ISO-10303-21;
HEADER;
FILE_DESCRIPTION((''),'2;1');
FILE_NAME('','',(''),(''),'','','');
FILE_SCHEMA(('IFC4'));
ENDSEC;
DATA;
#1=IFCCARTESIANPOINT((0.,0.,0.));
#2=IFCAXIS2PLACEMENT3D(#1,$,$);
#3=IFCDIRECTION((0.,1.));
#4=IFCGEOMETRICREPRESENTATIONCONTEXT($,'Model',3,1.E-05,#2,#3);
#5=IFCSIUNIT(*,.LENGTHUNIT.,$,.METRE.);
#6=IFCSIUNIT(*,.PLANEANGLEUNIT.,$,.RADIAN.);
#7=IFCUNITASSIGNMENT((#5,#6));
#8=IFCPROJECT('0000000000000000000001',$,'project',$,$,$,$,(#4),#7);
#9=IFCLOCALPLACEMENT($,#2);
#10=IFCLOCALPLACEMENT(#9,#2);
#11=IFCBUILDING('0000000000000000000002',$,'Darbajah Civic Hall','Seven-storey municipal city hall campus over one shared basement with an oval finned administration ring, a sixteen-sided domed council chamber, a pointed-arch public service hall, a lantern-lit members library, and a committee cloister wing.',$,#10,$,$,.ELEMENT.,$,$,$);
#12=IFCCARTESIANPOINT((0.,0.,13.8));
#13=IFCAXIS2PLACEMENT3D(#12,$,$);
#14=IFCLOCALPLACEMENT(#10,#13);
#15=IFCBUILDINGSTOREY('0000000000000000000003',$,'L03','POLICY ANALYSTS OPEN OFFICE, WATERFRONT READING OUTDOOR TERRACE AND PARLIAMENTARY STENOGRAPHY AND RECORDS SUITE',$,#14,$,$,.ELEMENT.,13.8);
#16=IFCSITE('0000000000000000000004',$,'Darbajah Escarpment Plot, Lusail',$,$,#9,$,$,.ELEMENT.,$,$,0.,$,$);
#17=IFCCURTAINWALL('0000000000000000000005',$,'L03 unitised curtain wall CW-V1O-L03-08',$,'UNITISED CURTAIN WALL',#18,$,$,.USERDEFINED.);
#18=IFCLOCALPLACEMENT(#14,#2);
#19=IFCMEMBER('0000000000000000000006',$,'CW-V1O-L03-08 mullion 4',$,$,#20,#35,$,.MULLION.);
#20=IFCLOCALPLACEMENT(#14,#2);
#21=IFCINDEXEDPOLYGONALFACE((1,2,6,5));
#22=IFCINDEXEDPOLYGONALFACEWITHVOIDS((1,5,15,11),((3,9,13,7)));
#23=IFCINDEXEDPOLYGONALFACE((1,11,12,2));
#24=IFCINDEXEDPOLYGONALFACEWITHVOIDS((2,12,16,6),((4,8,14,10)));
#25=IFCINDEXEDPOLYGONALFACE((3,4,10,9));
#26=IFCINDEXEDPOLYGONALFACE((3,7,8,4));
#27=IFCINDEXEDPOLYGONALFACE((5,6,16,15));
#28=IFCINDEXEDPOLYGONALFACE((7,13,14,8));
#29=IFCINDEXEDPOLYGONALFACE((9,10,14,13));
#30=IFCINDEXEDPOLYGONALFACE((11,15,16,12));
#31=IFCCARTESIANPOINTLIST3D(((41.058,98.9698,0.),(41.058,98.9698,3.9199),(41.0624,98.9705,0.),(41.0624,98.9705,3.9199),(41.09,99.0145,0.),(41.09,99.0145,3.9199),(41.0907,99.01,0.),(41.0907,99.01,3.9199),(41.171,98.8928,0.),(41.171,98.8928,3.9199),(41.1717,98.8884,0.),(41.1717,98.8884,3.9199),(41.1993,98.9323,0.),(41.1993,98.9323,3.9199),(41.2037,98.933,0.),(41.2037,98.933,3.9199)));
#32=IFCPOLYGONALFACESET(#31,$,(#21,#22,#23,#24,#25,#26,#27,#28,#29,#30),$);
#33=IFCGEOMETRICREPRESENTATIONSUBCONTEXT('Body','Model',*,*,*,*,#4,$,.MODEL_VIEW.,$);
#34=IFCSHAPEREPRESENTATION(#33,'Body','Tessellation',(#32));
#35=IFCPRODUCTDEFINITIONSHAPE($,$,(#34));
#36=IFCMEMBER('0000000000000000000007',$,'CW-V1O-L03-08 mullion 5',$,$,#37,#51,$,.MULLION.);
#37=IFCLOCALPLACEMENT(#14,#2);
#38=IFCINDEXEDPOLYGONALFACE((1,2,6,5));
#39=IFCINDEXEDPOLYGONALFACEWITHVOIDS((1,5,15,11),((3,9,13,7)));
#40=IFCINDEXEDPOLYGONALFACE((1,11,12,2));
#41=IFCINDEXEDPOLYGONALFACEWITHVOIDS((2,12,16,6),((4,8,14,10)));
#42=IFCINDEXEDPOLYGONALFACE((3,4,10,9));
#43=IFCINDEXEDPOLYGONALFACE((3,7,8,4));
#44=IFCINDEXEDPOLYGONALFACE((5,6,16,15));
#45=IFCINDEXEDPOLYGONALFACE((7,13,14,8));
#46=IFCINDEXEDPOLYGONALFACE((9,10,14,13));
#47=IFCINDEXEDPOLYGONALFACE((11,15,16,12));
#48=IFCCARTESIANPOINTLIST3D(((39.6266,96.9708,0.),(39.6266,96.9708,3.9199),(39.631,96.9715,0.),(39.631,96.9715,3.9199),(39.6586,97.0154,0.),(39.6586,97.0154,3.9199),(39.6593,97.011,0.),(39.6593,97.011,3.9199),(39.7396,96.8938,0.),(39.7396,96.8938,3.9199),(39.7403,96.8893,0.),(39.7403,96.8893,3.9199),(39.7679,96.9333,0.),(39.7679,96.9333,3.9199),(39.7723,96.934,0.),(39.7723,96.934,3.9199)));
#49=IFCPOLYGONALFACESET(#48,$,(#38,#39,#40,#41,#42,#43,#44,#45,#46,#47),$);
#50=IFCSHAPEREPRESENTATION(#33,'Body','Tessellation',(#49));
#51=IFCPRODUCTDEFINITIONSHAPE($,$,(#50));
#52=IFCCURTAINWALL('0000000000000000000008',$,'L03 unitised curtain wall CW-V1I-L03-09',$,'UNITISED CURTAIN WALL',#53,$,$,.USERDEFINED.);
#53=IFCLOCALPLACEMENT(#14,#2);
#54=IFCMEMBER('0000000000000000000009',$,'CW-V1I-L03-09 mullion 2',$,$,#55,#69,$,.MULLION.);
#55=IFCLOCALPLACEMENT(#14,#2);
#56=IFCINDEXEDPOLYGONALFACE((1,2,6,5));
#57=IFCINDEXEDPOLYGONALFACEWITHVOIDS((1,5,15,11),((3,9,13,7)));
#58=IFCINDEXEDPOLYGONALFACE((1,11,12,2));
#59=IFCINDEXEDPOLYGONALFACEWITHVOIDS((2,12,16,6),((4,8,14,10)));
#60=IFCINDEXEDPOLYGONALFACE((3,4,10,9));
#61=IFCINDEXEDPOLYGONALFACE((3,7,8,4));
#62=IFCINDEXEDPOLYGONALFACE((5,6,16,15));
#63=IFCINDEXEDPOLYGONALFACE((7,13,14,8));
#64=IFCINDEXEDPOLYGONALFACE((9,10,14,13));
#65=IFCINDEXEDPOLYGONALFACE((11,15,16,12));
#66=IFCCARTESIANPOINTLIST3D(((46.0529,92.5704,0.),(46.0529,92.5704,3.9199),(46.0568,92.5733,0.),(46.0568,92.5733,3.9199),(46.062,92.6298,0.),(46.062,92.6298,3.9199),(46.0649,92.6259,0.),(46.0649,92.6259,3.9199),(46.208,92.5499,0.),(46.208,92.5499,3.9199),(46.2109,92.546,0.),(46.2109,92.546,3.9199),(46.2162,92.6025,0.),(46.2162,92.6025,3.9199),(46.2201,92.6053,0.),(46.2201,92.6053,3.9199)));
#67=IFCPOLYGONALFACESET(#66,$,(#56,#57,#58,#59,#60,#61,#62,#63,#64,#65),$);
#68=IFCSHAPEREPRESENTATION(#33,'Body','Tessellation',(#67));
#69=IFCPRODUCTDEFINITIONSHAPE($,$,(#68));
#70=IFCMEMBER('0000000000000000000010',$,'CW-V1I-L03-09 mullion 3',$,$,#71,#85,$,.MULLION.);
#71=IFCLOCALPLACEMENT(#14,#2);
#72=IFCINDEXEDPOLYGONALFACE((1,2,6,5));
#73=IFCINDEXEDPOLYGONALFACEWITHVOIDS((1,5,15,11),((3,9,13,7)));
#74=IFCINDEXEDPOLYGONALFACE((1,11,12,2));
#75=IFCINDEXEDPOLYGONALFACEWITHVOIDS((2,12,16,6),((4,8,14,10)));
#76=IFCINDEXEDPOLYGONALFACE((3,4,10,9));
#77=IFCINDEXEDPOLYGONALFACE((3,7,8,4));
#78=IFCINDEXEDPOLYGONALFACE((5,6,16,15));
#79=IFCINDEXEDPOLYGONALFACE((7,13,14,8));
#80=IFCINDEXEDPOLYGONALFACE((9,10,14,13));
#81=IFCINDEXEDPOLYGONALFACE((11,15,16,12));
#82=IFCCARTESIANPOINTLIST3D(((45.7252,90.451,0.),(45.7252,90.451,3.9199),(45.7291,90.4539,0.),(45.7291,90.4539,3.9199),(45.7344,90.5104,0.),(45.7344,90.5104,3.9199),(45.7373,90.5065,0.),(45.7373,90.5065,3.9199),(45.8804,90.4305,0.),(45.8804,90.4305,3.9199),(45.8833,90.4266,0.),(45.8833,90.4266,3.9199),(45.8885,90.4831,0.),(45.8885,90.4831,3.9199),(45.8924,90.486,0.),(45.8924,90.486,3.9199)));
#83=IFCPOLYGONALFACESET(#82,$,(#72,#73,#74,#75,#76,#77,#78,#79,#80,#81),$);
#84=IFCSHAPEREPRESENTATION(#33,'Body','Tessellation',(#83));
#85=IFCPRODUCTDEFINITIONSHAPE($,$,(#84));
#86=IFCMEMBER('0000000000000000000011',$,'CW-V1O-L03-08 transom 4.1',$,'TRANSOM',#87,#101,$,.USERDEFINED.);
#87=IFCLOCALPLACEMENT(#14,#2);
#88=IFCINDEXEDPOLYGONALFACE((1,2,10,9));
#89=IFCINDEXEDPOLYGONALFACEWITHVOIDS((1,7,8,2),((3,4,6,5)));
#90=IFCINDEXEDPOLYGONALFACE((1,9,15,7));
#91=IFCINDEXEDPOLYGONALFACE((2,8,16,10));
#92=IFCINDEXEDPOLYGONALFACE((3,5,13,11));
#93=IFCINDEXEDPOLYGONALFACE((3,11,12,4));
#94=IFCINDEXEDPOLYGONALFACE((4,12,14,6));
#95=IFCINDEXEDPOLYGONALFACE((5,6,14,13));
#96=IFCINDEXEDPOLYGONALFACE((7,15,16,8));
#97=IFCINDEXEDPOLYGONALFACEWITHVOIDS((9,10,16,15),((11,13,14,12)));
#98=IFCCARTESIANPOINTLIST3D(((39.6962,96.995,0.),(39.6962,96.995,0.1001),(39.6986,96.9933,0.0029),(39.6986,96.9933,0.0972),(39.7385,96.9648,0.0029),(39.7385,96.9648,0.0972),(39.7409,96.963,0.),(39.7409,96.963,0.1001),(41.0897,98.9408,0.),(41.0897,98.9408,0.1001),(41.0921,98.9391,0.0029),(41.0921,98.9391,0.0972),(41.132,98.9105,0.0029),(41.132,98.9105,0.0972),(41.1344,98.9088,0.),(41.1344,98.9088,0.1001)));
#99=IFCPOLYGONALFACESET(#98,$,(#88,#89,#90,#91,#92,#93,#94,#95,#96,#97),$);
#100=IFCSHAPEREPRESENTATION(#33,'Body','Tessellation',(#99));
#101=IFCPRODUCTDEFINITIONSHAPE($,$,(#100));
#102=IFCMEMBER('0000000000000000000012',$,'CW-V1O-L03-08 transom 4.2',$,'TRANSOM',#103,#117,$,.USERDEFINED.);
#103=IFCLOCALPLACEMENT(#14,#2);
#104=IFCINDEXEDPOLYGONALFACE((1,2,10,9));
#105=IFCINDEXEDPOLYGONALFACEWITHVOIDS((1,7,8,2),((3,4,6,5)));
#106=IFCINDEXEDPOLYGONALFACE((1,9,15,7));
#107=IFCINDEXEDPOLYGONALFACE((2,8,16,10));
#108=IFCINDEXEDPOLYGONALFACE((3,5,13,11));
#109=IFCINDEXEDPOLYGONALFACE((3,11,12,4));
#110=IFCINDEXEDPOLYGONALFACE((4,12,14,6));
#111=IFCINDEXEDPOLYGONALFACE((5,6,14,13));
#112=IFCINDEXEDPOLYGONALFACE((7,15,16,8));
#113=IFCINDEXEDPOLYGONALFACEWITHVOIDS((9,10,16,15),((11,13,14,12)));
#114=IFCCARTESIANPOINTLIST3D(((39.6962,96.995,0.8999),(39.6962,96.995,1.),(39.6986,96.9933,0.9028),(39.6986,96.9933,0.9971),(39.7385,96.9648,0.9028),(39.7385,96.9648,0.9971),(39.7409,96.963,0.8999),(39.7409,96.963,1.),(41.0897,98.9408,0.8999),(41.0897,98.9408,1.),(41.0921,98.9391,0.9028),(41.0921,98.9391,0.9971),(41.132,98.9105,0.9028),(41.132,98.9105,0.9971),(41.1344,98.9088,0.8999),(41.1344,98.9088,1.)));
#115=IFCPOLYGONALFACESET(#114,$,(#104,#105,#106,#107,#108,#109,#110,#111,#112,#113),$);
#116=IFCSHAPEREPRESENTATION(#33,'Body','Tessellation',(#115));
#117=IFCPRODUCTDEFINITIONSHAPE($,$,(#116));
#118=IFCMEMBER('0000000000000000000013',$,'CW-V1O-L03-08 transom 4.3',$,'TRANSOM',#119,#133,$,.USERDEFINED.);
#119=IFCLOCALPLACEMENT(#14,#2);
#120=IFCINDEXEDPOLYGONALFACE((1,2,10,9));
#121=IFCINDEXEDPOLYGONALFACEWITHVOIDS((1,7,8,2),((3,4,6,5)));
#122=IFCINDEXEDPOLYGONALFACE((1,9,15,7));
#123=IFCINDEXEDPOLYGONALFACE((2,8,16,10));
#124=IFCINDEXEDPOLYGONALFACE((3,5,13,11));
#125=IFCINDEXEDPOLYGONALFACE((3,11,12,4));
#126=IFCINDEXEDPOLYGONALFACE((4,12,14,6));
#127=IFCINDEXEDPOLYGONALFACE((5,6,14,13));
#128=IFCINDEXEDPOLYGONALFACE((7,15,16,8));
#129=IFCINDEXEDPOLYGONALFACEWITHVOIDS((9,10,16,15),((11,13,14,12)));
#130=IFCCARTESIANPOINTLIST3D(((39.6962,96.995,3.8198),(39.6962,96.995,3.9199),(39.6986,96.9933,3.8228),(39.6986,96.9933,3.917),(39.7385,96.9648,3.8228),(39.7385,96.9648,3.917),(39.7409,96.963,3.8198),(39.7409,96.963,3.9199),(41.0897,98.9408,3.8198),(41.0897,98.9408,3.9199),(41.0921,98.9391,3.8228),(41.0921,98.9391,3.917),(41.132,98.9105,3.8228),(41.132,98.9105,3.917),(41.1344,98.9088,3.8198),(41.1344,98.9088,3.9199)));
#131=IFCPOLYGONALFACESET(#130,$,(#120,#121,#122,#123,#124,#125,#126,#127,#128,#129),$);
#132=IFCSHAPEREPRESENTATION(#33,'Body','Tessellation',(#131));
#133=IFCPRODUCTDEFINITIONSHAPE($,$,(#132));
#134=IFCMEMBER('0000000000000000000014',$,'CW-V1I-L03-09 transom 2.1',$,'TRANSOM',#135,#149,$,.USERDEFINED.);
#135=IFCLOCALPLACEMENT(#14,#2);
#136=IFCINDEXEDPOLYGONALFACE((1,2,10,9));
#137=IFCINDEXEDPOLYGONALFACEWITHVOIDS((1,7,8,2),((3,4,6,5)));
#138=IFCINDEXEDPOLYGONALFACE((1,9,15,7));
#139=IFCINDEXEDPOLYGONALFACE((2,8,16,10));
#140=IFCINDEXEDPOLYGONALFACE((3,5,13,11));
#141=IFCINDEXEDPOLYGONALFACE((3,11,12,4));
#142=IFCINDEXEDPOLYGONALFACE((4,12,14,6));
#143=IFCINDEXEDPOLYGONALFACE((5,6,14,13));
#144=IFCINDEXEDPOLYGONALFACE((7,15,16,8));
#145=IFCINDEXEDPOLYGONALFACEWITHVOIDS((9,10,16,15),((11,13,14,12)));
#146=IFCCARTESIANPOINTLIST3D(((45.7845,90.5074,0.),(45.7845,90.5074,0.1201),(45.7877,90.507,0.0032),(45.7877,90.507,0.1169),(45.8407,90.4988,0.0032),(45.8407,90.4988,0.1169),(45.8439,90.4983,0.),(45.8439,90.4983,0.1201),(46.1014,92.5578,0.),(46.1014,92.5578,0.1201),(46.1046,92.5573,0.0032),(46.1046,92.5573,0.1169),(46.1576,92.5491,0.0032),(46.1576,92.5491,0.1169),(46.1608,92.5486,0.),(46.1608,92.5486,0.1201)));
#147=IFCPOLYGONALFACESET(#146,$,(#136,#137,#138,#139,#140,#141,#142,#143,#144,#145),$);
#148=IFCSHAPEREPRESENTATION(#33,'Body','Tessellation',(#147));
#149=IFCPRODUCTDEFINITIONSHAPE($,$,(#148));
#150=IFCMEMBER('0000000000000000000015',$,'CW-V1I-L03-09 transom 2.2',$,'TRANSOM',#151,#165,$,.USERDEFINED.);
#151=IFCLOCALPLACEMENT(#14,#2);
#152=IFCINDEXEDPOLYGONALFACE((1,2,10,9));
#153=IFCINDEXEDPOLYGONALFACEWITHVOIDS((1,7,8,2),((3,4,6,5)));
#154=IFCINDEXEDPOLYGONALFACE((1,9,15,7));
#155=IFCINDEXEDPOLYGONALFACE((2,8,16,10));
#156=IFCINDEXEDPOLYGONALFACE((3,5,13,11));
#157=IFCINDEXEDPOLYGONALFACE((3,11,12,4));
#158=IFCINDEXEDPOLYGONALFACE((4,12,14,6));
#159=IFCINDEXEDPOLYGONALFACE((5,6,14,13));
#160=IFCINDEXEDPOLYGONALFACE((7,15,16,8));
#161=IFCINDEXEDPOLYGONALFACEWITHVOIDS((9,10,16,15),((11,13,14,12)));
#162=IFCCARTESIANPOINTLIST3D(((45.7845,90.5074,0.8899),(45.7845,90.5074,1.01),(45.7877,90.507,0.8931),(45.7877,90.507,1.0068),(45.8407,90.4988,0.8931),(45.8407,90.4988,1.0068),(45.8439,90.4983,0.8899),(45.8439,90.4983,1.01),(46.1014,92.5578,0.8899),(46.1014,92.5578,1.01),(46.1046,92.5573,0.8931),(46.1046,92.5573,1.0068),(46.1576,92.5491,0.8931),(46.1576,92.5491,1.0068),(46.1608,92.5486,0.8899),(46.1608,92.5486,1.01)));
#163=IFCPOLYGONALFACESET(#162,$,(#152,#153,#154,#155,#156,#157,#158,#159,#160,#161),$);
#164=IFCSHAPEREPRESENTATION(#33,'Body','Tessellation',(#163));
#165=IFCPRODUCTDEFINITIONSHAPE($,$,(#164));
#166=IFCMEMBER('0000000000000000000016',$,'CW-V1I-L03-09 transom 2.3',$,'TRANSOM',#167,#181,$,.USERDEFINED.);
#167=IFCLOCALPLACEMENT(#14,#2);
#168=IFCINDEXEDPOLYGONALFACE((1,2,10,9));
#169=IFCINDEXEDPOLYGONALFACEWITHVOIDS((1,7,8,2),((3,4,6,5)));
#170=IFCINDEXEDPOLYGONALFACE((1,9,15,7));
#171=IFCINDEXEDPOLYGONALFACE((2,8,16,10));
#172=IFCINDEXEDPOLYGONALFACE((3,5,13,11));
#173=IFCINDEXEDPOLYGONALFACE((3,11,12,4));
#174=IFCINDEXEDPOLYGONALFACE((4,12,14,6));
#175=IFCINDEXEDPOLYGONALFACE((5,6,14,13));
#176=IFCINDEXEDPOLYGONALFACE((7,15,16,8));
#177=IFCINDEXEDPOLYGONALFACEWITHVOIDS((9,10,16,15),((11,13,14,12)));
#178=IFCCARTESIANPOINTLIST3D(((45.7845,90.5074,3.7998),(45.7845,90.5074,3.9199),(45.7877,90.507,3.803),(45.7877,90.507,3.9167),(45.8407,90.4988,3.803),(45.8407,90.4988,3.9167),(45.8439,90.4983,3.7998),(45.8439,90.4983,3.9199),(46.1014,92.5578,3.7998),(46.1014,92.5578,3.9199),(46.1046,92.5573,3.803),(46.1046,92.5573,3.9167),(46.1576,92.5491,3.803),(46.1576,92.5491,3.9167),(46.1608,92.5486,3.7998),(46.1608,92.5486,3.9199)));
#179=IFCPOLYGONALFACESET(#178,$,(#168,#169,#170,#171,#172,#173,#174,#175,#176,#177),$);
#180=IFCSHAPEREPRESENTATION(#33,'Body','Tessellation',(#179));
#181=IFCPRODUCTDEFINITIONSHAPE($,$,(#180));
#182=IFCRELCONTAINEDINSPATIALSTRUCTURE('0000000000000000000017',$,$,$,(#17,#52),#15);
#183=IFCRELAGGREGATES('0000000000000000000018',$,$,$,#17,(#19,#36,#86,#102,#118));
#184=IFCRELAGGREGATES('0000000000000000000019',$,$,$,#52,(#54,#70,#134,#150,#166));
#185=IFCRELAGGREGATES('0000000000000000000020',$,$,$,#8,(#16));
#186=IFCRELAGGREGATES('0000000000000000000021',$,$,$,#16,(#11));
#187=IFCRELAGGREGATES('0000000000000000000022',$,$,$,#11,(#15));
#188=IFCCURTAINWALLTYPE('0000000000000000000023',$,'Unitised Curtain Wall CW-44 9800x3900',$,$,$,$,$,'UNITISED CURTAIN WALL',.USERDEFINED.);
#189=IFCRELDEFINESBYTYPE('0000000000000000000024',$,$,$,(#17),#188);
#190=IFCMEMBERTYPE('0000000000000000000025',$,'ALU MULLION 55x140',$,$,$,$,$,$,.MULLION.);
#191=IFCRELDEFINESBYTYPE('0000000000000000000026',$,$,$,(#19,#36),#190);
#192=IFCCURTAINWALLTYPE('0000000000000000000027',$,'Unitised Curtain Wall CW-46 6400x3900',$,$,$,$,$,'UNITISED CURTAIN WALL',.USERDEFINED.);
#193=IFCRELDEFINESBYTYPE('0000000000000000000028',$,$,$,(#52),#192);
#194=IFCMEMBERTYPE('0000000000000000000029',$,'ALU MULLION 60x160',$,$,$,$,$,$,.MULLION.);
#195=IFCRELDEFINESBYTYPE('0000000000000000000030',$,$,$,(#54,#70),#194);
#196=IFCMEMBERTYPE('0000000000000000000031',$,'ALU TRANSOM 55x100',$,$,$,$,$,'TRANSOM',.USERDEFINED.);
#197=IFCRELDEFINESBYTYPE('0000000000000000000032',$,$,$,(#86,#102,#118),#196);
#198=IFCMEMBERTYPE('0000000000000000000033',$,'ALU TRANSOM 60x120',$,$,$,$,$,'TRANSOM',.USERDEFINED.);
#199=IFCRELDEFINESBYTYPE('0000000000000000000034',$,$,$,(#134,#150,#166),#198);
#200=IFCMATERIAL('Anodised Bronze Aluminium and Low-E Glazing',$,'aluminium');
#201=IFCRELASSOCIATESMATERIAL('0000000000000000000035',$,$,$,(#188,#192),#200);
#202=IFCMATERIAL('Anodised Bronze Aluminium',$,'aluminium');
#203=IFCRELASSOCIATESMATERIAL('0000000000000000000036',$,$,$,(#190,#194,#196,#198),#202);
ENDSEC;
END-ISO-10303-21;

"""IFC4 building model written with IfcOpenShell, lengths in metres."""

from ifc_helpers import new_model, si_unit, direction, frame, origin, origin_2d, place, context, subcontext, project, spatial, hollow_rectangle, extrude, material, material_profile, profile_set, type_object, element, aggregate, save


model = new_model("IFC4")

# Units and contexts
model_context = context("Model", 3, precision=1e-05, world=origin(), true_north=direction((0.0, 1.0)))
body_context = subcontext(model_context, "Body", "Model", "MODEL_VIEW")
ifc_project = project(units=[si_unit("LENGTHUNIT", "METRE"), si_unit("PLANEANGLEUNIT", "RADIAN")], contexts=[model_context])

# Site, building, storey
site_placement = place(None, origin())
site = spatial("IfcSite", under=ifc_project, at=site_placement, Name="Darbajah Escarpment Plot, Lusail", CompositionType="ELEMENT", RefElevation=0.0)
building_placement = place(site_placement, origin())
building = spatial("IfcBuilding", under=site, at=building_placement, Name="Darbajah Civic Hall", Description="Seven-storey municipal city hall campus over one shared basement with an oval finned administration ring, a sixteen-sided domed council chamber, a pointed-arch public service hall, a lantern-lit members library, and a committee cloister wing.", CompositionType="ELEMENT")
storey_placement = place(building_placement, frame((0.0, 0.0, 13.8)))
storey = spatial("IfcBuildingStorey", under=building, at=storey_placement, Name="L03", Description="POLICY ANALYSTS OPEN OFFICE, WATERFRONT READING OUTDOOR TERRACE AND PARLIAMENTARY STENOGRAPHY AND RECORDS SUITE", CompositionType="ELEMENT", Elevation=13.8)

# Curtain walls, members
ifc_material_1 = material(Name="Anodised Bronze Aluminium and Low-E Glazing", Category="aluminium")
curtain_wall_type_1 = type_object("IfcCurtainWallType", Name="Unitised Curtain Wall CW-44 9800x3900", ElementType="UNITISED CURTAIN WALL", PredefinedType="USERDEFINED", material=ifc_material_1)
curtain_wall_1_placement = place(storey_placement, origin())
curtain_wall_1 = element("IfcCurtainWall", 1, at=curtain_wall_1_placement, inside=storey, type_object=curtain_wall_type_1, Name="L03 unitised curtain wall CW-V1O-L03-08", ObjectType="UNITISED CURTAIN WALL", PredefinedType="USERDEFINED")
ifc_material_2 = material(Name="Anodised Bronze Aluminium", Category="aluminium")
ifc_material_profile_1 = material_profile(ifc_material_2, hollow_rectangle(XDim=0.0549, YDim=0.1399, WallThickness=0.0032, at=origin_2d()), Name="ALU MULLION 55x140")
ifc_profile_set_1 = profile_set([ifc_material_profile_1], Name="Anodised Bronze Aluminium")
member_type_1 = type_object("IfcMemberType", Name="ALU MULLION 55x140", PredefinedType="MULLION", material=ifc_profile_set_1)
member_1_placement = place(storey_placement, frame((41.1309, 98.9514, 0.0), z_axis=(0.0, 0.0, 1.0), x_axis=(-0.582265, -0.812999, 0.0)))
member_1 = element("IfcMember", 2, at=member_1_placement, type_object=member_type_1, Name="CW-V1O-L03-08 mullion 4", PredefinedType="MULLION", context=body_context, shape_type="SweptSolid", body=[
    extrude(hollow_rectangle(XDim=0.0549, YDim=0.1399, WallThickness=0.0032, at=origin_2d()), origin(), (0.0, 0.0, 1.0), 3.9199),
])
member_2_placement = place(storey_placement, frame((39.6995, 96.9524, 0.0), z_axis=(0.0, 0.0, 1.0), x_axis=(-0.582265, -0.812999, 0.0)))
member_2 = element("IfcMember", 3, at=member_2_placement, type_object=member_type_1, Name="CW-V1O-L03-08 mullion 5", PredefinedType="MULLION", context=body_context, shape_type="SweptSolid", body=[
    extrude(hollow_rectangle(XDim=0.0549, YDim=0.1399, WallThickness=0.0032, at=origin_2d()), origin(), (0.0, 0.0, 1.0), 3.9199),
])
curtain_wall_type_2 = type_object("IfcCurtainWallType", Name="Unitised Curtain Wall CW-46 6400x3900", ElementType="UNITISED CURTAIN WALL", PredefinedType="USERDEFINED", material=ifc_material_1)
curtain_wall_2_placement = place(storey_placement, origin())
curtain_wall_2 = element("IfcCurtainWall", 4, at=curtain_wall_2_placement, inside=storey, type_object=curtain_wall_type_2, Name="L03 unitised curtain wall CW-V1I-L03-09", ObjectType="UNITISED CURTAIN WALL", PredefinedType="USERDEFINED")
ifc_material_profile_2 = material_profile(ifc_material_2, hollow_rectangle(XDim=0.0601, YDim=0.1599, WallThickness=0.0034, at=origin_2d()), Name="ALU MULLION 60x160")
ifc_profile_set_2 = profile_set([ifc_material_profile_2], Name="Anodised Bronze Aluminium")
member_type_2 = type_object("IfcMemberType", Name="ALU MULLION 60x160", PredefinedType="MULLION", material=ifc_profile_set_2)
member_3_placement = place(storey_placement, frame((46.1365, 92.5879, 0.0), z_axis=(0.0, 0.0, 1.0), x_axis=(-0.152813, -0.988255, 0.0)))
member_3 = element("IfcMember", 5, at=member_3_placement, type_object=member_type_2, Name="CW-V1I-L03-09 mullion 2", PredefinedType="MULLION", context=body_context, shape_type="SweptSolid", body=[
    extrude(hollow_rectangle(XDim=0.0601, YDim=0.1599, WallThickness=0.0034, at=origin_2d()), origin(), (0.0, 0.0, 1.0), 3.9199),
])
member_4_placement = place(storey_placement, frame((45.8088, 90.4685, 0.0), z_axis=(0.0, 0.0, 1.0), x_axis=(-0.152813, -0.988255, 0.0)))
member_4 = element("IfcMember", 6, at=member_4_placement, type_object=member_type_2, Name="CW-V1I-L03-09 mullion 3", PredefinedType="MULLION", context=body_context, shape_type="SweptSolid", body=[
    extrude(hollow_rectangle(XDim=0.0601, YDim=0.1599, WallThickness=0.0034, at=origin_2d()), origin(), (0.0, 0.0, 1.0), 3.9199),
])

# Members
ifc_material_profile_3 = material_profile(ifc_material_2, hollow_rectangle(XDim=0.0549, YDim=0.1001, WallThickness=0.0029, at=origin_2d()), Name="ALU TRANSOM 55x100")
ifc_profile_set_3 = profile_set([ifc_material_profile_3], Name="Anodised Bronze Aluminium")
member_type_3 = type_object("IfcMemberType", Name="ALU TRANSOM 55x100", ElementType="TRANSOM", PredefinedType="USERDEFINED", material=ifc_profile_set_3)
member_5_placement = place(storey_placement, frame((41.1121, 98.9248, 0.05), z_axis=(-0.582261, -0.813002, 0.0), x_axis=(0.813002, -0.582261, 0.0)))
member_5 = element("IfcMember", 7, at=member_5_placement, type_object=member_type_3, Name="CW-V1O-L03-08 transom 4.1", ObjectType="TRANSOM", PredefinedType="USERDEFINED", context=body_context, shape_type="SweptSolid", body=[
    extrude(hollow_rectangle(XDim=0.0549, YDim=0.1001, WallThickness=0.0029, at=origin_2d()), origin(), (0.0, 0.0, 1.0), 2.3933),
])
member_6_placement = place(storey_placement, frame((41.1121, 98.9248, 0.95), z_axis=(-0.582261, -0.813002, 0.0), x_axis=(0.813002, -0.582261, 0.0)))
member_6 = element("IfcMember", 8, at=member_6_placement, type_object=member_type_3, Name="CW-V1O-L03-08 transom 4.2", ObjectType="TRANSOM", PredefinedType="USERDEFINED", context=body_context, shape_type="SweptSolid", body=[
    extrude(hollow_rectangle(XDim=0.0549, YDim=0.1001, WallThickness=0.0029, at=origin_2d()), origin(), (0.0, 0.0, 1.0), 2.3933),
])
member_7_placement = place(storey_placement, frame((41.1121, 98.9248, 3.8699), z_axis=(-0.582261, -0.813002, 0.0), x_axis=(0.813002, -0.582261, 0.0)))
member_7 = element("IfcMember", 9, at=member_7_placement, type_object=member_type_3, Name="CW-V1O-L03-08 transom 4.3", ObjectType="TRANSOM", PredefinedType="USERDEFINED", context=body_context, shape_type="SweptSolid", body=[
    extrude(hollow_rectangle(XDim=0.0549, YDim=0.1001, WallThickness=0.0029, at=origin_2d()), origin(), (0.0, 0.0, 1.0), 2.3933),
])
ifc_material_profile_4 = material_profile(ifc_material_2, hollow_rectangle(XDim=0.0601, YDim=0.1201, WallThickness=0.0032, at=origin_2d()), Name="ALU TRANSOM 60x120")
ifc_profile_set_4 = profile_set([ifc_material_profile_4], Name="Anodised Bronze Aluminium")
member_type_4 = type_object("IfcMemberType", Name="ALU TRANSOM 60x120", ElementType="TRANSOM", PredefinedType="USERDEFINED", material=ifc_profile_set_4)
member_8_placement = place(storey_placement, frame((46.1311, 92.5532, 0.0601), z_axis=(-0.152747, -0.988265, 0.0), x_axis=(0.988265, -0.152747, 0.0)))
member_8 = element("IfcMember", 10, at=member_8_placement, type_object=member_type_4, Name="CW-V1I-L03-09 transom 2.1", ObjectType="TRANSOM", PredefinedType="USERDEFINED", context=body_context, shape_type="SweptSolid", body=[
    extrude(hollow_rectangle(XDim=0.0601, YDim=0.1201, WallThickness=0.0032, at=origin_2d()), origin(), (0.0, 0.0, 1.0), 2.0747),
])
member_9_placement = place(storey_placement, frame((46.1311, 92.5532, 0.95), z_axis=(-0.152747, -0.988265, 0.0), x_axis=(0.988265, -0.152747, 0.0)))
member_9 = element("IfcMember", 11, at=member_9_placement, type_object=member_type_4, Name="CW-V1I-L03-09 transom 2.2", ObjectType="TRANSOM", PredefinedType="USERDEFINED", context=body_context, shape_type="SweptSolid", body=[
    extrude(hollow_rectangle(XDim=0.0601, YDim=0.1201, WallThickness=0.0032, at=origin_2d()), origin(), (0.0, 0.0, 1.0), 2.0747),
])
member_10_placement = place(storey_placement, frame((46.1311, 92.5532, 3.8599), z_axis=(-0.152747, -0.988265, 0.0), x_axis=(0.988265, -0.152747, 0.0)))
member_10 = element("IfcMember", 12, at=member_10_placement, type_object=member_type_4, Name="CW-V1I-L03-09 transom 2.3", ObjectType="TRANSOM", PredefinedType="USERDEFINED", context=body_context, shape_type="SweptSolid", body=[
    extrude(hollow_rectangle(XDim=0.0601, YDim=0.1201, WallThickness=0.0032, at=origin_2d()), origin(), (0.0, 0.0, 1.0), 2.0747),
])

aggregate(curtain_wall_1, [member_1, member_2, member_5, member_6, member_7])
aggregate(curtain_wall_2, [member_3, member_4, member_8, member_9, member_10])

save(model, "model.ifc")
